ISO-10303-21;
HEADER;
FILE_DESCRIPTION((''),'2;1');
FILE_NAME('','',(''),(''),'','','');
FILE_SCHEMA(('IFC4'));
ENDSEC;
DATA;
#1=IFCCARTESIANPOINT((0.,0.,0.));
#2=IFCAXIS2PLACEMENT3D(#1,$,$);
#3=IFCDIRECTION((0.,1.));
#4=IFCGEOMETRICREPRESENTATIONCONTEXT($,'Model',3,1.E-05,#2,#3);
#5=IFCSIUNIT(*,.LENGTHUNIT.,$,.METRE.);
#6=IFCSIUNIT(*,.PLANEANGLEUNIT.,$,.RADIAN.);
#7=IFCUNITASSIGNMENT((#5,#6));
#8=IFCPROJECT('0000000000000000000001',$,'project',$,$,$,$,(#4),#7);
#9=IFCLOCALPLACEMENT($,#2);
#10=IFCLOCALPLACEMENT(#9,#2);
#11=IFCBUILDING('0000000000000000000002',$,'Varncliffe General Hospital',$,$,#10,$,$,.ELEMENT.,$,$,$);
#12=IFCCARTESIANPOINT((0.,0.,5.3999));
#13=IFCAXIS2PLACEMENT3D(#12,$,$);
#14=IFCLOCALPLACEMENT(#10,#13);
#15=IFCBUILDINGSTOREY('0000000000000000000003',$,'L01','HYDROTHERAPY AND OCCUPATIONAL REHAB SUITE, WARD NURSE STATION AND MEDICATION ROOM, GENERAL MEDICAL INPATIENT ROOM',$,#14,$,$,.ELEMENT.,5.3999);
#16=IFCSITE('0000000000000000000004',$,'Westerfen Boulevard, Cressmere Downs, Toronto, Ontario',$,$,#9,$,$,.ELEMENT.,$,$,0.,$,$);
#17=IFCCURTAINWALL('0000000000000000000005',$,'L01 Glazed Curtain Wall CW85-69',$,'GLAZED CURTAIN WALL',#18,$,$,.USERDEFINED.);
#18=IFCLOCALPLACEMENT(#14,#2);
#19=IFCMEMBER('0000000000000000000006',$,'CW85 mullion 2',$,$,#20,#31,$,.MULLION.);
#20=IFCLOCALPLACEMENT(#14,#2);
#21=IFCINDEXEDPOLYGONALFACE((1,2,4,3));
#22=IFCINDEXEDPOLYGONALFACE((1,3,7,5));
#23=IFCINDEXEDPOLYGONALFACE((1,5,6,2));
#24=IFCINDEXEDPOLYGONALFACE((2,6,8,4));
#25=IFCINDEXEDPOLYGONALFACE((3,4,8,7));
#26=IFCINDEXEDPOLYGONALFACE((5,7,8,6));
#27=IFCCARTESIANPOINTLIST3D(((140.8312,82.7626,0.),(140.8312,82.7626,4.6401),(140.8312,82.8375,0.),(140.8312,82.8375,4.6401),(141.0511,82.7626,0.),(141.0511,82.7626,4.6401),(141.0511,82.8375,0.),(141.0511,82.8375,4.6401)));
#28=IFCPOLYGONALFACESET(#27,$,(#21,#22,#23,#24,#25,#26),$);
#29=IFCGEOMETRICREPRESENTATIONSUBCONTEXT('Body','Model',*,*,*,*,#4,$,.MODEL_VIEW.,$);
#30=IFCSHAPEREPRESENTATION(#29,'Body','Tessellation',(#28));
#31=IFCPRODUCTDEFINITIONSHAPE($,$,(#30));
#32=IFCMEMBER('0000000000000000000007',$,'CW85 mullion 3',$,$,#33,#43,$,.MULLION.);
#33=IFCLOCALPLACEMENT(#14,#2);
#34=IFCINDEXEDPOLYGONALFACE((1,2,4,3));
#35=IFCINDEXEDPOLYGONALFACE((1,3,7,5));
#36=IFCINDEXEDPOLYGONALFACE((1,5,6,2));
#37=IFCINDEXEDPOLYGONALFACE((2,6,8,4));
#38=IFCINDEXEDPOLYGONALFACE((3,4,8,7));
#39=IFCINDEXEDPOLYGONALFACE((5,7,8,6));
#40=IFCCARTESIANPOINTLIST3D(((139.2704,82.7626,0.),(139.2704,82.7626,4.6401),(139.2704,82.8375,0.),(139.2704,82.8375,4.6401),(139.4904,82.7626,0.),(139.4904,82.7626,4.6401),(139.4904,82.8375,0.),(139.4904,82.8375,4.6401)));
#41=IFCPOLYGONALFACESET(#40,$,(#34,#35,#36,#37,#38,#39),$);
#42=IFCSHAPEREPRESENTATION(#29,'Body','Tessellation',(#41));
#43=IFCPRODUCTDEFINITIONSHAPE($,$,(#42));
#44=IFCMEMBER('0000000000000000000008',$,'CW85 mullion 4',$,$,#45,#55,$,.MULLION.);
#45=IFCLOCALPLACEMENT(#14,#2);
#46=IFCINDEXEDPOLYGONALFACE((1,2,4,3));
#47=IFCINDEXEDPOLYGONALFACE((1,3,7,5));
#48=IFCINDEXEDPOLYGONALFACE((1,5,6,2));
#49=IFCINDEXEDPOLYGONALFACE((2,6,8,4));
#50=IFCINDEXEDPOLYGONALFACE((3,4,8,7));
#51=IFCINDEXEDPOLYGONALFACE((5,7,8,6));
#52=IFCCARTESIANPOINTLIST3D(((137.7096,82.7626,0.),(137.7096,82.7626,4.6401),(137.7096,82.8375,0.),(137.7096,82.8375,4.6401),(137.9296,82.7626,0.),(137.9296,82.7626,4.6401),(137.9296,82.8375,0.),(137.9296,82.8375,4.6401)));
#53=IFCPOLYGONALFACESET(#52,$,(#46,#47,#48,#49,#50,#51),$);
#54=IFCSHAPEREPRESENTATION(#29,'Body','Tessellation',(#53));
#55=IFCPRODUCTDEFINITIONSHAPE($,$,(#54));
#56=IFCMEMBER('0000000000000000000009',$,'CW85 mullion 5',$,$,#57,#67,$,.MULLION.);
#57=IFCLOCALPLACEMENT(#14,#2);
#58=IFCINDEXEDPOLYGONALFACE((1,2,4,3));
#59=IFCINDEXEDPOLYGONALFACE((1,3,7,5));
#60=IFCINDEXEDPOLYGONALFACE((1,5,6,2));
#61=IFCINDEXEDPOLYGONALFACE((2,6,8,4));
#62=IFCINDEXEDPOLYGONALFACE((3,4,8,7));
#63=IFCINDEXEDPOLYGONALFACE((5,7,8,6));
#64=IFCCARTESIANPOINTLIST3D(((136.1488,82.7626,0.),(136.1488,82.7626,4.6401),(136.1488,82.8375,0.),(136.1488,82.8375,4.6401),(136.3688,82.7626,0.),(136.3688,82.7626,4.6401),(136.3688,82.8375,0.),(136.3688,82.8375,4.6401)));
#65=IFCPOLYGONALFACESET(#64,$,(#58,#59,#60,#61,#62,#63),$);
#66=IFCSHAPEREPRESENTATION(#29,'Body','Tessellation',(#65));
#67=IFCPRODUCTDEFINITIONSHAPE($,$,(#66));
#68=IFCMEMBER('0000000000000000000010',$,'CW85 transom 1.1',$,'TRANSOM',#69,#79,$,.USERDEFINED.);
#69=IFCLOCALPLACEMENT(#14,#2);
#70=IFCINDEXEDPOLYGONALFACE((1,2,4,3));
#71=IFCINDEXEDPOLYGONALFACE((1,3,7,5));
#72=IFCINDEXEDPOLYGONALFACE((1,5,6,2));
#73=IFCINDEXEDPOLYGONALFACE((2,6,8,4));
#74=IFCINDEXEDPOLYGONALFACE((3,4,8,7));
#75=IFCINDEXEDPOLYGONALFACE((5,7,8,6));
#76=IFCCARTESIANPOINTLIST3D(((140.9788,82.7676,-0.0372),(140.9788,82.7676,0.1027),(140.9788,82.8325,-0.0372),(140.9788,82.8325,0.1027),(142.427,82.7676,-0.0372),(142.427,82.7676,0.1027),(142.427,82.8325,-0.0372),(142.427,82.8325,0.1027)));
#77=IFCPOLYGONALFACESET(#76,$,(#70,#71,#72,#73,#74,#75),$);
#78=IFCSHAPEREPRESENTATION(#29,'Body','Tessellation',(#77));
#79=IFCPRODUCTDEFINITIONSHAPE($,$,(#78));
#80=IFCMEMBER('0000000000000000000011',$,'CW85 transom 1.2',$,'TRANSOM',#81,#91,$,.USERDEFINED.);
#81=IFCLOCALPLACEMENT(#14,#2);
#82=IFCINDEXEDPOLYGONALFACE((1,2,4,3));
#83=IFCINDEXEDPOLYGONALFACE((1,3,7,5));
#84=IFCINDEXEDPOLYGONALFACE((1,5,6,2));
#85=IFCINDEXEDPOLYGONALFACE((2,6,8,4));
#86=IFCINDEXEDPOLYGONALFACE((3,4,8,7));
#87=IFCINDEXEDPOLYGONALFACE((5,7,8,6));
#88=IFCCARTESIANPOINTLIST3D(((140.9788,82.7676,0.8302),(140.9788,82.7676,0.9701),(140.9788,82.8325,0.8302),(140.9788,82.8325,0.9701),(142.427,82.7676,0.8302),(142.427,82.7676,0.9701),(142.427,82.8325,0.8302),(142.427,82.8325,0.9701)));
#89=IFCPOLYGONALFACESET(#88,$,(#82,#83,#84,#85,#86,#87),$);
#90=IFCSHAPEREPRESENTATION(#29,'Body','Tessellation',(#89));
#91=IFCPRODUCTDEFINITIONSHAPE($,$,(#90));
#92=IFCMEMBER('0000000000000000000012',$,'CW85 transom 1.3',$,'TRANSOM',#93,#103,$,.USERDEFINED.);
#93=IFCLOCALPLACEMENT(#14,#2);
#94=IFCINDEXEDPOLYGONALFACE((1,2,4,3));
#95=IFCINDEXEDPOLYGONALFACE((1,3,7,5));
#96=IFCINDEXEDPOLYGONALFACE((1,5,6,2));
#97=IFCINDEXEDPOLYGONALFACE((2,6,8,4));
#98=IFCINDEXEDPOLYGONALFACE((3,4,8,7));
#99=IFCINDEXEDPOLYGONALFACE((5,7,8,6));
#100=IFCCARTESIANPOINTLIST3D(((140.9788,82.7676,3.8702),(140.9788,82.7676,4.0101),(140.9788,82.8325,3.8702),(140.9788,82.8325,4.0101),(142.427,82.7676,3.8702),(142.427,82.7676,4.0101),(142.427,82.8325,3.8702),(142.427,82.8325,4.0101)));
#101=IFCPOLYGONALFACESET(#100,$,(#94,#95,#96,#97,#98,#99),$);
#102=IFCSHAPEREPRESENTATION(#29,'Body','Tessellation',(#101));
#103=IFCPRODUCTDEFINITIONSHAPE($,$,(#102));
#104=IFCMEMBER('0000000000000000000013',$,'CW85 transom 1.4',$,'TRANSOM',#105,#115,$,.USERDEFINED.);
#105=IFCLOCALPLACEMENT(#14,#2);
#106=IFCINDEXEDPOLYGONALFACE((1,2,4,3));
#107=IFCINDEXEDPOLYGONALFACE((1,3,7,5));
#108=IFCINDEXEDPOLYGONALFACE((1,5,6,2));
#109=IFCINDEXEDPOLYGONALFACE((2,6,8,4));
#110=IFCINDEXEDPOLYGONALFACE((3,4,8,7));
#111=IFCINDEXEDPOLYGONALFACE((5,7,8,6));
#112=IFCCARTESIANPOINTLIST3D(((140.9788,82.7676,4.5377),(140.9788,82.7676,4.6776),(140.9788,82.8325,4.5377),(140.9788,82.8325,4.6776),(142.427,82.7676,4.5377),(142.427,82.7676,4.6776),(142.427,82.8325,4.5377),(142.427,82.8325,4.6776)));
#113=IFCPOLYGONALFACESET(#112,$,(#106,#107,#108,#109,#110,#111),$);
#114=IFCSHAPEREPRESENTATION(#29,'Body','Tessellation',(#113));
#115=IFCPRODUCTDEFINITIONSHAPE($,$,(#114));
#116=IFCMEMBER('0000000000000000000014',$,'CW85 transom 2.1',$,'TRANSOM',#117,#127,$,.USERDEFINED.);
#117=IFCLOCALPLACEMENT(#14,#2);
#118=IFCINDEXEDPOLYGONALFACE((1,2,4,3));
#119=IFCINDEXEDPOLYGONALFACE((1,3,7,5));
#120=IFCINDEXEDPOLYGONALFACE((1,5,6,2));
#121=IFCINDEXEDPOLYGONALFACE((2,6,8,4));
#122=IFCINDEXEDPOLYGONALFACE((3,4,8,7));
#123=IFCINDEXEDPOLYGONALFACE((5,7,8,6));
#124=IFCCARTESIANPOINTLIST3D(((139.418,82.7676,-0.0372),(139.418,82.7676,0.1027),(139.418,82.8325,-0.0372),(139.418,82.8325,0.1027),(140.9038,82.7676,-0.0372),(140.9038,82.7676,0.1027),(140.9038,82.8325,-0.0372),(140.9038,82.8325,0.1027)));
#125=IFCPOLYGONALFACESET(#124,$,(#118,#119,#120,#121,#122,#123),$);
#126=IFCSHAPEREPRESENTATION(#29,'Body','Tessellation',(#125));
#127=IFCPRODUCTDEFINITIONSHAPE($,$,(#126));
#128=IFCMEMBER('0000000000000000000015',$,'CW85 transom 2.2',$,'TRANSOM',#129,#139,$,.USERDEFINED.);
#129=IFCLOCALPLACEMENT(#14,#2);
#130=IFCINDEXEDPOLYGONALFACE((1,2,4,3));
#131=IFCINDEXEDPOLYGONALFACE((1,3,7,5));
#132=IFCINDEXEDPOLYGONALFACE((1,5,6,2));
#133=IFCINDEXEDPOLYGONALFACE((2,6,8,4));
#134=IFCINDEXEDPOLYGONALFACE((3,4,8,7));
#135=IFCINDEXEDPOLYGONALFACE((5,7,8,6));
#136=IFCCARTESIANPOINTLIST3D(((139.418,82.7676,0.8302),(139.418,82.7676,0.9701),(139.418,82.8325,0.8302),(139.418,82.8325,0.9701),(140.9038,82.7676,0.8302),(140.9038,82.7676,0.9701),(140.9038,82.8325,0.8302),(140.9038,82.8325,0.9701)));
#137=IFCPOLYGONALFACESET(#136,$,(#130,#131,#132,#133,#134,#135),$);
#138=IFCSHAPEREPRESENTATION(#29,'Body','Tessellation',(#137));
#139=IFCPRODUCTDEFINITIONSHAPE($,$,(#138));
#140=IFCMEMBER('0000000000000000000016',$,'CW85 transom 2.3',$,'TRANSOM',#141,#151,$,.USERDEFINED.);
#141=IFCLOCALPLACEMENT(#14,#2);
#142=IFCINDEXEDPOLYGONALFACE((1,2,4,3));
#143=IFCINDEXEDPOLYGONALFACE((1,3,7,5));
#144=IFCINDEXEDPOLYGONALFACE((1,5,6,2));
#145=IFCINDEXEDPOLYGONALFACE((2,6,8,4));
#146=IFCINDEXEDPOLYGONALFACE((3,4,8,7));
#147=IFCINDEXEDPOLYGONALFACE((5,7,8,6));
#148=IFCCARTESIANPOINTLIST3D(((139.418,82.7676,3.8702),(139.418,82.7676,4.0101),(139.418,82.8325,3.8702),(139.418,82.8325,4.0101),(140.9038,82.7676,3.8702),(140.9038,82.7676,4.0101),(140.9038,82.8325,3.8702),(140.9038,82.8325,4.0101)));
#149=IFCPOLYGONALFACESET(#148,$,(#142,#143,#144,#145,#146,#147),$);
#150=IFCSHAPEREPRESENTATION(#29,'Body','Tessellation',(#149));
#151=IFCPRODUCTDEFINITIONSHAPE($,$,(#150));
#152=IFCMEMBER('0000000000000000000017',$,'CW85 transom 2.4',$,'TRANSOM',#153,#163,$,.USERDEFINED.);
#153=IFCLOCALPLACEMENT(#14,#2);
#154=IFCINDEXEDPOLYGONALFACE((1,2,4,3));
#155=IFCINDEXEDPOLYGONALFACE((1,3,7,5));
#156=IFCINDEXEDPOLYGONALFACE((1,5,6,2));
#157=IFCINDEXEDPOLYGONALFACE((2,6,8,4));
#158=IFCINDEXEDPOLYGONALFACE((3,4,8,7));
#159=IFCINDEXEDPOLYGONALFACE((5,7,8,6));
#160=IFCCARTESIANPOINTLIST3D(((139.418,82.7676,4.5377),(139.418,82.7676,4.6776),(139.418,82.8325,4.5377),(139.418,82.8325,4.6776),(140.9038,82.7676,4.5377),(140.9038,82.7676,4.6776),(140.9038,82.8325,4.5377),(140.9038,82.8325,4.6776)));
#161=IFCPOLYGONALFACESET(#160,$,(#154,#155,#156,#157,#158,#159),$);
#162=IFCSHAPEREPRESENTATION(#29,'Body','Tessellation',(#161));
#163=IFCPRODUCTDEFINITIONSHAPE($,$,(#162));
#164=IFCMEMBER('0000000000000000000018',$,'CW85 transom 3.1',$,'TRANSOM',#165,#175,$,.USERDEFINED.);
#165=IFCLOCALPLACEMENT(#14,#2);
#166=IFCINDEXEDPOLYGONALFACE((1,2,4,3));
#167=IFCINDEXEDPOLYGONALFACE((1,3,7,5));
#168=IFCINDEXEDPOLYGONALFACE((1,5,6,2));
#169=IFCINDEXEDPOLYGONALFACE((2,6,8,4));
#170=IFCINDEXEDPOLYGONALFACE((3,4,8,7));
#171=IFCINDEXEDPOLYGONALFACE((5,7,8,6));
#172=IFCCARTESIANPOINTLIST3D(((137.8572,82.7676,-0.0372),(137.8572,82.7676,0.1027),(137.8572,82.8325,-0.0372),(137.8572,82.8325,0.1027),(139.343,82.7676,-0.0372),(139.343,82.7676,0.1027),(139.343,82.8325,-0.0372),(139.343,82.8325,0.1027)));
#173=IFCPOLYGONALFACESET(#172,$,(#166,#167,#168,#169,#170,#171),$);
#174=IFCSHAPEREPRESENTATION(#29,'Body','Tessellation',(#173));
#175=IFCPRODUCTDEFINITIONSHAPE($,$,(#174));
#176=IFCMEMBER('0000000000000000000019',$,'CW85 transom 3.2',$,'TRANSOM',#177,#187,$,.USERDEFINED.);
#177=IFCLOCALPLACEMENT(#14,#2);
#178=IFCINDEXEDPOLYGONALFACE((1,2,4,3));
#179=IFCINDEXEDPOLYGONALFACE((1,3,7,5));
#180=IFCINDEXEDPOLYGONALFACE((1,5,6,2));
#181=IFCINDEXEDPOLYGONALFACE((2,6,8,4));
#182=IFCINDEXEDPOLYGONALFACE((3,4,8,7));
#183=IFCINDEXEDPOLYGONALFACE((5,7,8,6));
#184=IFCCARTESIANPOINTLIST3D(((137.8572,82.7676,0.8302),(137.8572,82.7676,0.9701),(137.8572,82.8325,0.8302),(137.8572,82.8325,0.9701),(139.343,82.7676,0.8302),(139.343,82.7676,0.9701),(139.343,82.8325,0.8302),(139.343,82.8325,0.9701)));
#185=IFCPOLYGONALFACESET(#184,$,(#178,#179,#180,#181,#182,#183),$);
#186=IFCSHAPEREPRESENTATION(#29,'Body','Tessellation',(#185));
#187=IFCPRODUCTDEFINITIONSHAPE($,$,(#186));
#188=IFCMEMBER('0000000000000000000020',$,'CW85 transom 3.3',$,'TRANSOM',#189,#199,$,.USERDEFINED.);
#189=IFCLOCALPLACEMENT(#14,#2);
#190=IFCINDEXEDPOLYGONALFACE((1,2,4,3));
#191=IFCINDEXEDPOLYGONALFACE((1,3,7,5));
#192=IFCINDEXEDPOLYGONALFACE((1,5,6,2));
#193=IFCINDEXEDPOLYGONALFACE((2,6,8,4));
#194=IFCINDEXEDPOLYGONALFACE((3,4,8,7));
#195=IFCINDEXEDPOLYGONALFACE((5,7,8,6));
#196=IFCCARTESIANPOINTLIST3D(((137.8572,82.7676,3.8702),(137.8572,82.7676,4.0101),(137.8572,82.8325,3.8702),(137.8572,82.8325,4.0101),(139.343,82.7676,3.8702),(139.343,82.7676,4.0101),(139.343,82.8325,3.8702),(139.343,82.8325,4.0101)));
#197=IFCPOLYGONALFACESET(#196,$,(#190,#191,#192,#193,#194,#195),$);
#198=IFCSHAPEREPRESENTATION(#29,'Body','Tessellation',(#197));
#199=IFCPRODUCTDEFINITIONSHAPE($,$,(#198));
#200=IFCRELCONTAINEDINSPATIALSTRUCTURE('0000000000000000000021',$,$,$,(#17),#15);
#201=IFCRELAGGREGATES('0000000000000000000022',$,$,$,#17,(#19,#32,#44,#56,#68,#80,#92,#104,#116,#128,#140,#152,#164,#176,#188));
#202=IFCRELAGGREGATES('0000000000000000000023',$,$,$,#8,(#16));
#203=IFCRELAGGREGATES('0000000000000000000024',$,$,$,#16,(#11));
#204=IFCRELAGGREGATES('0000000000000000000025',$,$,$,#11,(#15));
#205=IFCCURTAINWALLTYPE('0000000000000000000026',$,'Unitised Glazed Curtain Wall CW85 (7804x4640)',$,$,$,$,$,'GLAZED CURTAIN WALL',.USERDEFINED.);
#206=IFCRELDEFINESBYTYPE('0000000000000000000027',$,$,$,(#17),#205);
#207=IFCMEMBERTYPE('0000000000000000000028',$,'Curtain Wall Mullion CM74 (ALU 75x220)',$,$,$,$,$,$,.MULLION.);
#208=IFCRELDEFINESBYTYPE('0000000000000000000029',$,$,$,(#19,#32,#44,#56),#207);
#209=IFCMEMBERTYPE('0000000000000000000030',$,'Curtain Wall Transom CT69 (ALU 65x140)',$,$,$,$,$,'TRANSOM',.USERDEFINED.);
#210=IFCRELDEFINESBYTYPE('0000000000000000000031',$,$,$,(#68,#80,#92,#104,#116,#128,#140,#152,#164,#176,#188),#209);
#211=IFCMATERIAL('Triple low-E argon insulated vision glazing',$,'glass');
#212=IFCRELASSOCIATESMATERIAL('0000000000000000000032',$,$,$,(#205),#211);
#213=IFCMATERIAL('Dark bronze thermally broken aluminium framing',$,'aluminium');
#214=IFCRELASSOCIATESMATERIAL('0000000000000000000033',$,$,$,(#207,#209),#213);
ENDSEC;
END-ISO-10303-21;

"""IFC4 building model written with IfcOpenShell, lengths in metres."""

from ifc_helpers import new_model, si_unit, direction, frame, origin, origin_2d, place, context, subcontext, project, spatial, rectangle, extrude, material, material_profile, profile_set, type_object, element, aggregate, save


model = new_model("IFC4")

# Units and contexts
model_context = context("Model", 3, precision=1e-05, world=origin(), true_north=direction((0.0, 1.0)))
body_context = subcontext(model_context, "Body", "Model", "MODEL_VIEW")
ifc_project = project(units=[si_unit("LENGTHUNIT", "METRE"), si_unit("PLANEANGLEUNIT", "RADIAN")], contexts=[model_context])

# Site, building, storey
site_placement = place(None, origin())
site = spatial("IfcSite", under=ifc_project, at=site_placement, Name="Westerfen Boulevard, Cressmere Downs, Toronto, Ontario", CompositionType="ELEMENT", RefElevation=0.0)
building_placement = place(site_placement, origin())
building = spatial("IfcBuilding", under=site, at=building_placement, Name="Varncliffe General Hospital", CompositionType="ELEMENT")
storey_placement = place(building_placement, frame((0.0, 0.0, 5.3999)))
storey = spatial("IfcBuildingStorey", under=building, at=storey_placement, Name="L01", Description="HYDROTHERAPY AND OCCUPATIONAL REHAB SUITE, WARD NURSE STATION AND MEDICATION ROOM, GENERAL MEDICAL INPATIENT ROOM", CompositionType="ELEMENT", Elevation=5.3999)

# Curtain wall, members
ifc_material_1 = material(Name="Triple low-E argon insulated vision glazing", Category="glass")
curtain_wall_type = type_object("IfcCurtainWallType", Name="Unitised Glazed Curtain Wall CW85 (7804x4640)", ElementType="GLAZED CURTAIN WALL", PredefinedType="USERDEFINED", material=ifc_material_1)
curtain_wall_placement = place(storey_placement, origin())
curtain_wall = element("IfcCurtainWall", 1, at=curtain_wall_placement, inside=storey, type_object=curtain_wall_type, Name="L01 Glazed Curtain Wall CW85-69", ObjectType="GLAZED CURTAIN WALL", PredefinedType="USERDEFINED")
ifc_material_2 = material(Name="Dark bronze thermally broken aluminium framing", Category="aluminium")
ifc_material_profile_1 = material_profile(ifc_material_2, rectangle(XDim=0.075, YDim=0.22, at=origin_2d()), Name="ALU 75x220")
ifc_profile_set_1 = profile_set([ifc_material_profile_1], Name="Dark bronze thermally broken aluminium framing")
member_type_1 = type_object("IfcMemberType", Name="Curtain Wall Mullion CM74 (ALU 75x220)", PredefinedType="MULLION", material=ifc_profile_set_1)
member_1_placement = place(storey_placement, frame((140.9412, 82.8, 0.0), z_axis=(0.0, 0.0, 1.0), x_axis=(0.0, -1.0, 0.0)))
member_1 = element("IfcMember", 2, at=member_1_placement, type_object=member_type_1, Name="CW85 mullion 2", PredefinedType="MULLION", context=body_context, shape_type="SweptSolid", body=[
    extrude(rectangle(XDim=0.075, YDim=0.22, at=origin_2d()), origin(), (0.0, 0.0, 1.0), 4.6401),
])
member_2_placement = place(storey_placement, frame((139.3804, 82.8, 0.0), z_axis=(0.0, 0.0, 1.0), x_axis=(0.0, -1.0, 0.0)))
member_2 = element("IfcMember", 3, at=member_2_placement, type_object=member_type_1, Name="CW85 mullion 3", PredefinedType="MULLION", context=body_context, shape_type="SweptSolid", body=[
    extrude(rectangle(XDim=0.075, YDim=0.22, at=origin_2d()), origin(), (0.0, 0.0, 1.0), 4.6401),
])
member_3_placement = place(storey_placement, frame((137.8196, 82.8, 0.0), z_axis=(0.0, 0.0, 1.0), x_axis=(0.0, -1.0, 0.0)))
member_3 = element("IfcMember", 4, at=member_3_placement, type_object=member_type_1, Name="CW85 mullion 4", PredefinedType="MULLION", context=body_context, shape_type="SweptSolid", body=[
    extrude(rectangle(XDim=0.075, YDim=0.22, at=origin_2d()), origin(), (0.0, 0.0, 1.0), 4.6401),
])
member_4_placement = place(storey_placement, frame((136.2588, 82.8, 0.0), z_axis=(0.0, 0.0, 1.0), x_axis=(0.0, -1.0, 0.0)))
member_4 = element("IfcMember", 5, at=member_4_placement, type_object=member_type_1, Name="CW85 mullion 5", PredefinedType="MULLION", context=body_context, shape_type="SweptSolid", body=[
    extrude(rectangle(XDim=0.075, YDim=0.22, at=origin_2d()), origin(), (0.0, 0.0, 1.0), 4.6401),
])
ifc_material_profile_2 = material_profile(ifc_material_2, rectangle(XDim=0.0649, YDim=0.1399, at=origin_2d()), Name="ALU 65x140")
ifc_profile_set_2 = profile_set([ifc_material_profile_2], Name="Dark bronze thermally broken aluminium framing")
member_type_2 = type_object("IfcMemberType", Name="Curtain Wall Transom CT69 (ALU 65x140)", ElementType="TRANSOM", PredefinedType="USERDEFINED", material=ifc_profile_set_2)
member_5_placement = place(storey_placement, frame((142.427, 82.8, 0.0327), z_axis=(-1.0, 0.0, 0.0), x_axis=(0.0, -1.0, 0.0)))
member_5 = element("IfcMember", 6, at=member_5_placement, type_object=member_type_2, Name="CW85 transom 1.1", ObjectType="TRANSOM", PredefinedType="USERDEFINED", context=body_context, shape_type="SweptSolid", body=[
    extrude(rectangle(XDim=0.0649, YDim=0.1399, at=origin_2d()), origin(), (0.0, 0.0, 1.0), 1.4482),
])
member_6_placement = place(storey_placement, frame((142.427, 82.8, 0.9001), z_axis=(-1.0, 0.0, 0.0), x_axis=(0.0, -1.0, 0.0)))
member_6 = element("IfcMember", 7, at=member_6_placement, type_object=member_type_2, Name="CW85 transom 1.2", ObjectType="TRANSOM", PredefinedType="USERDEFINED", context=body_context, shape_type="SweptSolid", body=[
    extrude(rectangle(XDim=0.0649, YDim=0.1399, at=origin_2d()), origin(), (0.0, 0.0, 1.0), 1.4482),
])
member_7_placement = place(storey_placement, frame((142.427, 82.8, 3.9402), z_axis=(-1.0, 0.0, 0.0), x_axis=(0.0, -1.0, 0.0)))
member_7 = element("IfcMember", 8, at=member_7_placement, type_object=member_type_2, Name="CW85 transom 1.3", ObjectType="TRANSOM", PredefinedType="USERDEFINED", context=body_context, shape_type="SweptSolid", body=[
    extrude(rectangle(XDim=0.0649, YDim=0.1399, at=origin_2d()), origin(), (0.0, 0.0, 1.0), 1.4482),
])
member_8_placement = place(storey_placement, frame((142.427, 82.8, 4.6077), z_axis=(-1.0, 0.0, 0.0), x_axis=(0.0, -1.0, 0.0)))
member_8 = element("IfcMember", 9, at=member_8_placement, type_object=member_type_2, Name="CW85 transom 1.4", ObjectType="TRANSOM", PredefinedType="USERDEFINED", context=body_context, shape_type="SweptSolid", body=[
    extrude(rectangle(XDim=0.0649, YDim=0.1399, at=origin_2d()), origin(), (0.0, 0.0, 1.0), 1.4482),
])
member_9_placement = place(storey_placement, frame((140.9038, 82.8, 0.0327), z_axis=(-1.0, 0.0, 0.0), x_axis=(0.0, -1.0, 0.0)))
member_9 = element("IfcMember", 10, at=member_9_placement, type_object=member_type_2, Name="CW85 transom 2.1", ObjectType="TRANSOM", PredefinedType="USERDEFINED", context=body_context, shape_type="SweptSolid", body=[
    extrude(rectangle(XDim=0.0649, YDim=0.1399, at=origin_2d()), origin(), (0.0, 0.0, 1.0), 1.4858),
])
member_10_placement = place(storey_placement, frame((140.9038, 82.8, 0.9001), z_axis=(-1.0, 0.0, 0.0), x_axis=(0.0, -1.0, 0.0)))
member_10 = element("IfcMember", 11, at=member_10_placement, type_object=member_type_2, Name="CW85 transom 2.2", ObjectType="TRANSOM", PredefinedType="USERDEFINED", context=body_context, shape_type="SweptSolid", body=[
    extrude(rectangle(XDim=0.0649, YDim=0.1399, at=origin_2d()), origin(), (0.0, 0.0, 1.0), 1.4858),
])
member_11_placement = place(storey_placement, frame((140.9038, 82.8, 3.9402), z_axis=(-1.0, 0.0, 0.0), x_axis=(0.0, -1.0, 0.0)))
member_11 = element("IfcMember", 12, at=member_11_placement, type_object=member_type_2, Name="CW85 transom 2.3", ObjectType="TRANSOM", PredefinedType="USERDEFINED", context=body_context, shape_type="SweptSolid", body=[
    extrude(rectangle(XDim=0.0649, YDim=0.1399, at=origin_2d()), origin(), (0.0, 0.0, 1.0), 1.4858),
])
member_12_placement = place(storey_placement, frame((140.9038, 82.8, 4.6077), z_axis=(-1.0, 0.0, 0.0), x_axis=(0.0, -1.0, 0.0)))
member_12 = element("IfcMember", 13, at=member_12_placement, type_object=member_type_2, Name="CW85 transom 2.4", ObjectType="TRANSOM", PredefinedType="USERDEFINED", context=body_context, shape_type="SweptSolid", body=[
    extrude(rectangle(XDim=0.0649, YDim=0.1399, at=origin_2d()), origin(), (0.0, 0.0, 1.0), 1.4858),
])
member_13_placement = place(storey_placement, frame((139.343, 82.8, 0.0327), z_axis=(-1.0, 0.0, 0.0), x_axis=(0.0, -1.0, 0.0)))
member_13 = element("IfcMember", 14, at=member_13_placement, type_object=member_type_2, Name="CW85 transom 3.1", ObjectType="TRANSOM", PredefinedType="USERDEFINED", context=body_context, shape_type="SweptSolid", body=[
    extrude(rectangle(XDim=0.0649, YDim=0.1399, at=origin_2d()), origin(), (0.0, 0.0, 1.0), 1.4858),
])
member_14_placement = place(storey_placement, frame((139.343, 82.8, 0.9001), z_axis=(-1.0, 0.0, 0.0), x_axis=(0.0, -1.0, 0.0)))
member_14 = element("IfcMember", 15, at=member_14_placement, type_object=member_type_2, Name="CW85 transom 3.2", ObjectType="TRANSOM", PredefinedType="USERDEFINED", context=body_context, shape_type="SweptSolid", body=[
    extrude(rectangle(XDim=0.0649, YDim=0.1399, at=origin_2d()), origin(), (0.0, 0.0, 1.0), 1.4858),
])
member_15_placement = place(storey_placement, frame((139.343, 82.8, 3.9402), z_axis=(-1.0, 0.0, 0.0), x_axis=(0.0, -1.0, 0.0)))
member_15 = element("IfcMember", 16, at=member_15_placement, type_object=member_type_2, Name="CW85 transom 3.3", ObjectType="TRANSOM", PredefinedType="USERDEFINED", context=body_context, shape_type="SweptSolid", body=[
    extrude(rectangle(XDim=0.0649, YDim=0.1399, at=origin_2d()), origin(), (0.0, 0.0, 1.0), 1.4858),
])
aggregate(curtain_wall, [member_1, member_2, member_3, member_4, member_5, member_6, member_7, member_8, member_9, member_10, member_11, member_12, member_13, member_14, member_15])

save(model, "model.ifc")
